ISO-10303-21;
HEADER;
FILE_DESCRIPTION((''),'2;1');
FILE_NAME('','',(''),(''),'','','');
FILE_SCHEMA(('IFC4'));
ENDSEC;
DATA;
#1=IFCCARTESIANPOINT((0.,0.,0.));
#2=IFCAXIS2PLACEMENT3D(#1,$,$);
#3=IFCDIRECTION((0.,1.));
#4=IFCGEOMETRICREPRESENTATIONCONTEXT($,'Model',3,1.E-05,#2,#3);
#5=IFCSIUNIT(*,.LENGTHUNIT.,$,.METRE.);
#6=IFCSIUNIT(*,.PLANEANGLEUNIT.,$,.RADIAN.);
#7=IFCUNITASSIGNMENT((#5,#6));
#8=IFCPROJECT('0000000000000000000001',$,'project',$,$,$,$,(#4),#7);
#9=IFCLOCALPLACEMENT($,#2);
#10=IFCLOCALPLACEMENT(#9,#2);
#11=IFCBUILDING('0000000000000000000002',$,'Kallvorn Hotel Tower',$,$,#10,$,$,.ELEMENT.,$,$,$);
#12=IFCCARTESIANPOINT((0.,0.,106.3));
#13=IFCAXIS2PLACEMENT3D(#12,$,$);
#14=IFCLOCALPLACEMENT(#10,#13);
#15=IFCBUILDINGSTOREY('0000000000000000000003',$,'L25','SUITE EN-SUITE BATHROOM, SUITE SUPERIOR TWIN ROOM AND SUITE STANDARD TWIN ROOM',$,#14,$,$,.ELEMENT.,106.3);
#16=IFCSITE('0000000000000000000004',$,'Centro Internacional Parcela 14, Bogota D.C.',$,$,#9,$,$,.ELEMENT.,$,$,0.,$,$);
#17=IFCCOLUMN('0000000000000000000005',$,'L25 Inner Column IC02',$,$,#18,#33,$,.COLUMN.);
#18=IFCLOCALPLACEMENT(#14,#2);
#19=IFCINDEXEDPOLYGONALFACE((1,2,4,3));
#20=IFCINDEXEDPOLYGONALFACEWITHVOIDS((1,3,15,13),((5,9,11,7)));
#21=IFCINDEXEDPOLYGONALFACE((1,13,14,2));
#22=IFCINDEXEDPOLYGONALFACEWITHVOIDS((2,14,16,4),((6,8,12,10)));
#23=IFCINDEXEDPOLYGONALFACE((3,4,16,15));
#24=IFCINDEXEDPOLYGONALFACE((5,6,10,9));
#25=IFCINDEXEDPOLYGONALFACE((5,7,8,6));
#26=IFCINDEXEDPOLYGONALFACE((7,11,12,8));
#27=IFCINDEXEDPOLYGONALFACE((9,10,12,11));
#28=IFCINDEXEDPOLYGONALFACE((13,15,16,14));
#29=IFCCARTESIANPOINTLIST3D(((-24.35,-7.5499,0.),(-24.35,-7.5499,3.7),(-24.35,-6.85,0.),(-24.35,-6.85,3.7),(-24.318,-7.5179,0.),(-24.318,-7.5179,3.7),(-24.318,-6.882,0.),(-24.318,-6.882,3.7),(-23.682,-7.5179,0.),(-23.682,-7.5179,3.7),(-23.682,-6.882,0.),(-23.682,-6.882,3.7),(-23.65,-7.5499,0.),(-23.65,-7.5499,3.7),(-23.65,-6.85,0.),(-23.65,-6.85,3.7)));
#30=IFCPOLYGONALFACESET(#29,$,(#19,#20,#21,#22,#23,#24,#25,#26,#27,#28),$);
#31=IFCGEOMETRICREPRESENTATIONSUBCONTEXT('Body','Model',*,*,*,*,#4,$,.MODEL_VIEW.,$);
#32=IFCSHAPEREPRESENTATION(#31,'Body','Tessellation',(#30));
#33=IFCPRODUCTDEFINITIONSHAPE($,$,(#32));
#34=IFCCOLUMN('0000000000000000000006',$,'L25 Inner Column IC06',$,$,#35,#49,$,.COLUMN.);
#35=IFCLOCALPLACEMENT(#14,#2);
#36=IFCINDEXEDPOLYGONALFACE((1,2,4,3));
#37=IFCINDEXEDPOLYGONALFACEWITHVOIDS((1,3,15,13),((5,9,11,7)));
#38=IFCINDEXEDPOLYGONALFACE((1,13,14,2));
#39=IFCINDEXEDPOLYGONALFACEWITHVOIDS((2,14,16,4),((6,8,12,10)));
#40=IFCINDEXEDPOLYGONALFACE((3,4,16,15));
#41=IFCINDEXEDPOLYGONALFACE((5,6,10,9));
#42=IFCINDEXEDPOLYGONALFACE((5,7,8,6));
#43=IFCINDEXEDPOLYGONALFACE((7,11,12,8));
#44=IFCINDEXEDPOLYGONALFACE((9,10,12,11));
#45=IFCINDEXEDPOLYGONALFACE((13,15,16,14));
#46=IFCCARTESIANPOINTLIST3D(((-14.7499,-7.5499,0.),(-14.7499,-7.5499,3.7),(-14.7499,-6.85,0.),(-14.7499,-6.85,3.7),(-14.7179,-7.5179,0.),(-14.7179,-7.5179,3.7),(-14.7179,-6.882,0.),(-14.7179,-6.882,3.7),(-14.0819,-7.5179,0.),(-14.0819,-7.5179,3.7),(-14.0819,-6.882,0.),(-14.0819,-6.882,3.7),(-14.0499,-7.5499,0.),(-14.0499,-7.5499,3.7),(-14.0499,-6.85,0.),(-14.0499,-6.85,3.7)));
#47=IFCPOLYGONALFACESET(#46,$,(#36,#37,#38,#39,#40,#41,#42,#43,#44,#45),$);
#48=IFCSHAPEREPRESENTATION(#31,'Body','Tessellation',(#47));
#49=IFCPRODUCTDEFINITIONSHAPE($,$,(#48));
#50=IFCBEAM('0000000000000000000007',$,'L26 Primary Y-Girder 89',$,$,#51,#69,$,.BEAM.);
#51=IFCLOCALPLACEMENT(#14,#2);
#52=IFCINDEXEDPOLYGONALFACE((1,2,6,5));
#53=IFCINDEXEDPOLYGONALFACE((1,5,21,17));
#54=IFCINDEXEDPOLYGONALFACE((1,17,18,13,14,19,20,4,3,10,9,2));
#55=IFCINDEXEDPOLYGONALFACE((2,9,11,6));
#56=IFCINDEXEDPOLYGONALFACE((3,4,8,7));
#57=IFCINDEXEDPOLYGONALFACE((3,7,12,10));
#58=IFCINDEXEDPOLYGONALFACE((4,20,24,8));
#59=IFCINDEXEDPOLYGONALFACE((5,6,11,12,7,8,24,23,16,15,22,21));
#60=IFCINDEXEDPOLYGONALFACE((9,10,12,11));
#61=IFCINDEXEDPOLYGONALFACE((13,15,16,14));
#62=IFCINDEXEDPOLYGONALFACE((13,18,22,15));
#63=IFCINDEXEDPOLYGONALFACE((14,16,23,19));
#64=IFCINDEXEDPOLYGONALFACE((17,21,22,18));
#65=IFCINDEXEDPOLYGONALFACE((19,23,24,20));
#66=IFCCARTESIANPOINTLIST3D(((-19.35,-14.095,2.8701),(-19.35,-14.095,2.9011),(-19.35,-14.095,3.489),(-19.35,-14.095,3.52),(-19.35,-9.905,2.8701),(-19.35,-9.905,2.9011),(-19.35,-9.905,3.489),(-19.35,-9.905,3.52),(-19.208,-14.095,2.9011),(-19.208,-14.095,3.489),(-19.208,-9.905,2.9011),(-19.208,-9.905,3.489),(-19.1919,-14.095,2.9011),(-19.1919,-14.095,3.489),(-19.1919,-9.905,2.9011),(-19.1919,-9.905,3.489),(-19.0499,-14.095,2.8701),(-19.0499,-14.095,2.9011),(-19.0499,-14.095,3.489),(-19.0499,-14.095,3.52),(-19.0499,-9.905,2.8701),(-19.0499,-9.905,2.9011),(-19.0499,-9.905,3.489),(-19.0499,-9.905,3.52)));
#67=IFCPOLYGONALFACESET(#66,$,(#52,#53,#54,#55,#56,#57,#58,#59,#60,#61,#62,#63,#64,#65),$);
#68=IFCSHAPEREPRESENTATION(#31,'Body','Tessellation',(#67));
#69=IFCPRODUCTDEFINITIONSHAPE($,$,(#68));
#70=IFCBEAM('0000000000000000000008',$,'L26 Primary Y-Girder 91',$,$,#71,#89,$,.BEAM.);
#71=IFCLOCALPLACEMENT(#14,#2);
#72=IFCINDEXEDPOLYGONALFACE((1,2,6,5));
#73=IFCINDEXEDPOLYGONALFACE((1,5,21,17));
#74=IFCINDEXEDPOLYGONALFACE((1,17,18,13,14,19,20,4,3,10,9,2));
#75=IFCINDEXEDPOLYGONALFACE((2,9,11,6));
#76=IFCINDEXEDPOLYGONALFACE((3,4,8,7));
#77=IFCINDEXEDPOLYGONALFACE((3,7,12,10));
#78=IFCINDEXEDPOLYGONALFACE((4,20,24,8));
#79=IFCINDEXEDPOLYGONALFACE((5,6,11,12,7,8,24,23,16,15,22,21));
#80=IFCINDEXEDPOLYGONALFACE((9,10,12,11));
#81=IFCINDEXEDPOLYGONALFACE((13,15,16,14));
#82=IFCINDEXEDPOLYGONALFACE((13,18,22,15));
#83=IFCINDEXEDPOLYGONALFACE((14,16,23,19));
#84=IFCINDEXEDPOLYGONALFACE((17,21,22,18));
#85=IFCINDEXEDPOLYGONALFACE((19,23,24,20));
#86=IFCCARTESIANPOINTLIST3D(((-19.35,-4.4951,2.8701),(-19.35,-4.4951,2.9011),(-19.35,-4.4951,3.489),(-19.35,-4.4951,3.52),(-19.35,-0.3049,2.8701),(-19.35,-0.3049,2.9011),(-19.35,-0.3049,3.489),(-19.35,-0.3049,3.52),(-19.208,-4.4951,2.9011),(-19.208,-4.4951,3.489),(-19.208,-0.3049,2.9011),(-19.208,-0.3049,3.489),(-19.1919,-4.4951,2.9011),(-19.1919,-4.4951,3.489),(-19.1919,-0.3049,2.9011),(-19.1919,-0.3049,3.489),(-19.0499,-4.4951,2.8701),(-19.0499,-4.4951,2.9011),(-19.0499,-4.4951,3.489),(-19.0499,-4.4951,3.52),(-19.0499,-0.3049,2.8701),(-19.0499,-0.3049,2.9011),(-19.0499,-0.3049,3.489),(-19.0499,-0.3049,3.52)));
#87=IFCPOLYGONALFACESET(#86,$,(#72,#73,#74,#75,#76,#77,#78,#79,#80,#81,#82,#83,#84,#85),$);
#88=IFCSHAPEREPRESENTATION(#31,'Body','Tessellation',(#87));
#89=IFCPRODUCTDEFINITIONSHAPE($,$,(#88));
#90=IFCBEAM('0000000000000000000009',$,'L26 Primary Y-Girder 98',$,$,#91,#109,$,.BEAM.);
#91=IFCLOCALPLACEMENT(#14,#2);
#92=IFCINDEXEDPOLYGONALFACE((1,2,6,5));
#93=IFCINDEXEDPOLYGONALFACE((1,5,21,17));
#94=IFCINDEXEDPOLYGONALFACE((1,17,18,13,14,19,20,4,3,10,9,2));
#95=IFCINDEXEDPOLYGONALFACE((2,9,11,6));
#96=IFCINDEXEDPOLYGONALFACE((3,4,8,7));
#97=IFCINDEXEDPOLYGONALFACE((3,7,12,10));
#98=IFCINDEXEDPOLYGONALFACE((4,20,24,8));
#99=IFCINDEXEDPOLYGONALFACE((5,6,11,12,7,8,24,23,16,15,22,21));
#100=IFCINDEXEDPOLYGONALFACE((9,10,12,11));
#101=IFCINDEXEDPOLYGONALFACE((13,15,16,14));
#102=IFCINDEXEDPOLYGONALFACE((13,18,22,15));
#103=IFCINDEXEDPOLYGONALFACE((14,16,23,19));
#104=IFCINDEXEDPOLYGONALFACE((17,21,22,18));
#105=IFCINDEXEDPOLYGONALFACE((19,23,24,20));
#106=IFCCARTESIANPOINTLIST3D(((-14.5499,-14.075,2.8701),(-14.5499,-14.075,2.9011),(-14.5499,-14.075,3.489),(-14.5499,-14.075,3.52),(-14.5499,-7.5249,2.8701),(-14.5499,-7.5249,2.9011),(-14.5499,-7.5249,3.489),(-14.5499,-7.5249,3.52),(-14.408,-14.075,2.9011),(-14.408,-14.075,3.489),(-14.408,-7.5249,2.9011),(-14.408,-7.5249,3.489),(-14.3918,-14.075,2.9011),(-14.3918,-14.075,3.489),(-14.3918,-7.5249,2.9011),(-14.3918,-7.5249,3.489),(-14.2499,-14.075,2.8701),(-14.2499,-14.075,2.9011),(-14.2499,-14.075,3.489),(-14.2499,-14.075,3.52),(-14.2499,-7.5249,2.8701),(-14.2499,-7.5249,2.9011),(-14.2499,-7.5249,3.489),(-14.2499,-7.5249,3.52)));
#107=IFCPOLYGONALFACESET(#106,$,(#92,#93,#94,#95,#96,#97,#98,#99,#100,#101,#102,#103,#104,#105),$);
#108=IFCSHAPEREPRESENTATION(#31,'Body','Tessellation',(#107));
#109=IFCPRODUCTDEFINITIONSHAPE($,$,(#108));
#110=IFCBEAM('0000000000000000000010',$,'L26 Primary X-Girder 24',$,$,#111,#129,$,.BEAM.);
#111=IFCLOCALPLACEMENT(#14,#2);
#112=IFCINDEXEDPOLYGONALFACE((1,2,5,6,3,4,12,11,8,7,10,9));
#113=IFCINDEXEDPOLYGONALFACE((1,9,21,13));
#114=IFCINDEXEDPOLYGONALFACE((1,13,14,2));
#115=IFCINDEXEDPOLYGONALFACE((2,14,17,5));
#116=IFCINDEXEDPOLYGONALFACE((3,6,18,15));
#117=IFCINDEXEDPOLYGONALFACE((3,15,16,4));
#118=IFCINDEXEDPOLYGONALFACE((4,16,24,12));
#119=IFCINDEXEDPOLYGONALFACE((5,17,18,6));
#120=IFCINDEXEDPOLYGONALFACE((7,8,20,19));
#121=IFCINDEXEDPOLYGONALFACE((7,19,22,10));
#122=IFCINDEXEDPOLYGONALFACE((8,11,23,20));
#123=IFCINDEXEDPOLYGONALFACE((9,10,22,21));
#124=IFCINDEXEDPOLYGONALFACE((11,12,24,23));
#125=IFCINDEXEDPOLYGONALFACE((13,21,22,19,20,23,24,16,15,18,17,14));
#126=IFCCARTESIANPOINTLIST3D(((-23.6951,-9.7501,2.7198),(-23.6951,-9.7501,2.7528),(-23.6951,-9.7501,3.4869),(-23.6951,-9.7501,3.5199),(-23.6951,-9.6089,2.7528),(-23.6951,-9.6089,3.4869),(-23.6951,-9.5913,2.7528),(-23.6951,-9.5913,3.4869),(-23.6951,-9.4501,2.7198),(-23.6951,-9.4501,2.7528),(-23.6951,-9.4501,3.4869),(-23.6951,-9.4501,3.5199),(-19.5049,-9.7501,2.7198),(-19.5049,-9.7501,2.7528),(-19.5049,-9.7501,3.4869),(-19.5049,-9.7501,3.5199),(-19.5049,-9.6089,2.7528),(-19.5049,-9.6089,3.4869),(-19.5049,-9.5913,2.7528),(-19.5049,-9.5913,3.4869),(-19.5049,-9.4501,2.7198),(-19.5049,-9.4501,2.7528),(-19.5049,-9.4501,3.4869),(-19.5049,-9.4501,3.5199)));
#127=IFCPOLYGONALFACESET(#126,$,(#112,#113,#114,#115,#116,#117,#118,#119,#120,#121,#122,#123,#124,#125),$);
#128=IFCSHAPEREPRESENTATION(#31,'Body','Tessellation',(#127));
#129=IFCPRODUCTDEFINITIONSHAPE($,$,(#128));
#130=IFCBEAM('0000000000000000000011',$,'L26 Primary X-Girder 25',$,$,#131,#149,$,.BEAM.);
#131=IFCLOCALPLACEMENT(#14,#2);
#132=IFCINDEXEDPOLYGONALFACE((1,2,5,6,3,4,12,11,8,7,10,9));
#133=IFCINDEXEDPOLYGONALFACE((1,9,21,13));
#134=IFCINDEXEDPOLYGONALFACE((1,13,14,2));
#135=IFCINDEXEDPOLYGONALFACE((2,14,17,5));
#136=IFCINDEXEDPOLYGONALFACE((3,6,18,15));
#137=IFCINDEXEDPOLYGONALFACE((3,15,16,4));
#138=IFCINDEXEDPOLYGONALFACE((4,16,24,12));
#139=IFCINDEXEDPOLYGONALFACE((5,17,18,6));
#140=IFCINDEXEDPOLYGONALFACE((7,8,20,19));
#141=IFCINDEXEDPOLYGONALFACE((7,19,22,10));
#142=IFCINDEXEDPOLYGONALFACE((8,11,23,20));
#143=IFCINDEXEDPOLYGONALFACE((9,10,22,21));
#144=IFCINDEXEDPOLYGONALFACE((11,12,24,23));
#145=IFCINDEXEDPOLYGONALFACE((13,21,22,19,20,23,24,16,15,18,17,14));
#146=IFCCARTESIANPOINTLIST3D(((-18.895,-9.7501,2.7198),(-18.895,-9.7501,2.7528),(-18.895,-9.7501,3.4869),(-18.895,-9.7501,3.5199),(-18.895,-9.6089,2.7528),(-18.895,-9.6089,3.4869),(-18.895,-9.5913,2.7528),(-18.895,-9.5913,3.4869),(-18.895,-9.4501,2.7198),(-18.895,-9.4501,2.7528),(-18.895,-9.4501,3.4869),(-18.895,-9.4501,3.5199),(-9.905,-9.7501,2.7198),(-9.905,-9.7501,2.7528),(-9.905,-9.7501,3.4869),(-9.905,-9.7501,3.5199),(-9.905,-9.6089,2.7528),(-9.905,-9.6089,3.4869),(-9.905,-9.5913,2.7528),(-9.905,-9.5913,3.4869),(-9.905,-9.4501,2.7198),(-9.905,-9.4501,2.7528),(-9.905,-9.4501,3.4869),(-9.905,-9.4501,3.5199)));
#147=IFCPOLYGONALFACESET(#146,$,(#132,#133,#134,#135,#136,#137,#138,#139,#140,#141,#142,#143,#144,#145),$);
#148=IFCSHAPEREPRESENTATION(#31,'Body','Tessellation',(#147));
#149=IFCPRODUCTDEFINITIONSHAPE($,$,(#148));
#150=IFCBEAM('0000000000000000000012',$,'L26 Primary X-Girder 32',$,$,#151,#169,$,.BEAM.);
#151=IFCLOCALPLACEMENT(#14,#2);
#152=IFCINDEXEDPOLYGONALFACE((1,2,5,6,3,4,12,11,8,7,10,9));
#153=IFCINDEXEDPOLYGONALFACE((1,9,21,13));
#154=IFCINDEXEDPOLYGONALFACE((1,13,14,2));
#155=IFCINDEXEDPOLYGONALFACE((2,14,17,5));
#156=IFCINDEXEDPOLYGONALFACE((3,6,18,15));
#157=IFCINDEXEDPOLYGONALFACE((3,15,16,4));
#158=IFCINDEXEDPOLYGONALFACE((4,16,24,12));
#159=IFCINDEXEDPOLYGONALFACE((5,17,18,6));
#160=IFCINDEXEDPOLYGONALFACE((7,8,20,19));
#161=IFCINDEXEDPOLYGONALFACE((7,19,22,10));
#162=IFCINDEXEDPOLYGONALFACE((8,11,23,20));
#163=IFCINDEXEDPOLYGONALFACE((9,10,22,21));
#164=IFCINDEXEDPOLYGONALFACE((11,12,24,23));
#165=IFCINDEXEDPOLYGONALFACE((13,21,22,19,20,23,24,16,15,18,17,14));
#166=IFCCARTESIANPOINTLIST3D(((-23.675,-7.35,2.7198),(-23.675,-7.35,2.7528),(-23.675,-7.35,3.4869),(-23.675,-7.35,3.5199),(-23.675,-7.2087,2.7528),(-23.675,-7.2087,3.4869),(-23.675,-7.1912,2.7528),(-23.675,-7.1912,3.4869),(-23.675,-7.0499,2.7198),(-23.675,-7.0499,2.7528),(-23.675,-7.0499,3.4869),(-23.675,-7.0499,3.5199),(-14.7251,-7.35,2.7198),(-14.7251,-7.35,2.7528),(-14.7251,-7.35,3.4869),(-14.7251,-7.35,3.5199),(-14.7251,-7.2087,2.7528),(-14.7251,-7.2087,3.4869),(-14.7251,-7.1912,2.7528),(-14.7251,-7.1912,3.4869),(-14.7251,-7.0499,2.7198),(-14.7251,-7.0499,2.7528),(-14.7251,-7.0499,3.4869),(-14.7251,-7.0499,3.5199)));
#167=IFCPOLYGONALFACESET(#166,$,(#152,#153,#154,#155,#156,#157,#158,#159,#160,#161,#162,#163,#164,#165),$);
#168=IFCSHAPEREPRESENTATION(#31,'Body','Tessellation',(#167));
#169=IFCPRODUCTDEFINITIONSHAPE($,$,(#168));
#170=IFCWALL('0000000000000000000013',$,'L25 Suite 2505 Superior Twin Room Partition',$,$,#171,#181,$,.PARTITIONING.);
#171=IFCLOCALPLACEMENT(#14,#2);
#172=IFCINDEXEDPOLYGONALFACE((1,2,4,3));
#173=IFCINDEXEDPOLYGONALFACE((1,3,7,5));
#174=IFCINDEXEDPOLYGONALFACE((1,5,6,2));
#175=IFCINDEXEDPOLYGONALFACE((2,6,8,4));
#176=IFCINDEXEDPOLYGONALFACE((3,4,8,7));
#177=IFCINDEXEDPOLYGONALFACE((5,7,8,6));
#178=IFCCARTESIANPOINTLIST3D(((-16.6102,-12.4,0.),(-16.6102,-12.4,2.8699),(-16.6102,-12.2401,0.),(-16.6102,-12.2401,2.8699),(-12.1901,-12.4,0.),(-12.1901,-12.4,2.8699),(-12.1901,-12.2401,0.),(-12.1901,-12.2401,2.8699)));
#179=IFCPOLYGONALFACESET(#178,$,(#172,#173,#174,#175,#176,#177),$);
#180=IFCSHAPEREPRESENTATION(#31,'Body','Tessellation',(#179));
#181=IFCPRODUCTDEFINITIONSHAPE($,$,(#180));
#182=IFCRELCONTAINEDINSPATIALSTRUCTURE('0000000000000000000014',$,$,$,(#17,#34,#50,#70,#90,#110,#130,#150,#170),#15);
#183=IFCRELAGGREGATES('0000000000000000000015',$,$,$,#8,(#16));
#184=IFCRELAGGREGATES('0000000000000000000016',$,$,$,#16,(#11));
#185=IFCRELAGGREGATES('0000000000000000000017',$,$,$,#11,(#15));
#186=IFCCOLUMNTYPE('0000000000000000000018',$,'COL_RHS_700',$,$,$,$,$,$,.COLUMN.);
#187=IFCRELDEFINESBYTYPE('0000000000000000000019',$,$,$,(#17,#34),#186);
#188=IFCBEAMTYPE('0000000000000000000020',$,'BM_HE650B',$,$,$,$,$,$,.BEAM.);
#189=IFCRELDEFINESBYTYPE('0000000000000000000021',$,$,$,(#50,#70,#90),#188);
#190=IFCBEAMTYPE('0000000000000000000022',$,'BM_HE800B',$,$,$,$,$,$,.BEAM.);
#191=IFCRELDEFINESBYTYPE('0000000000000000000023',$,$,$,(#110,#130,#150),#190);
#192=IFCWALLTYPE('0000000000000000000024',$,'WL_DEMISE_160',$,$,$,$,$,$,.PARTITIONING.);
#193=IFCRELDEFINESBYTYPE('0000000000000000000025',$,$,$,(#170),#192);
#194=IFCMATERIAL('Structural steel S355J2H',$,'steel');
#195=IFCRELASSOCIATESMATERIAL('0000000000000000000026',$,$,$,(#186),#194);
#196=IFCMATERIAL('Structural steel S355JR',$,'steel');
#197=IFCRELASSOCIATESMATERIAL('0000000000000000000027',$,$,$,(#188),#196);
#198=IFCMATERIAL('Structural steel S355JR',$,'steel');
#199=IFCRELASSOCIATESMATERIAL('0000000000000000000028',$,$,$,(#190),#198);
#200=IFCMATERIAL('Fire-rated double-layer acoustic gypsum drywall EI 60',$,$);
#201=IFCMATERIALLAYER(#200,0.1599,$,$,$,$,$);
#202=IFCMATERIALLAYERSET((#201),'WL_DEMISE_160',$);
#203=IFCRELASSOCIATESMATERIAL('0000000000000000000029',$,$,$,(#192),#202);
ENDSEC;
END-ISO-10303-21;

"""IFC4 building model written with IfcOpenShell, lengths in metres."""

from ifc_helpers import new_model, si_unit, direction, frame, frame_2d, origin, origin_2d, place, context, subcontext, project, spatial, rectangle, hollow_rectangle, i_section, extrude, material, layer, layer_set, material_profile, profile_set, type_object, element, save


model = new_model("IFC4")

# Units and contexts
model_context = context("Model", 3, precision=1e-05, world=origin(), true_north=direction((0.0, 1.0)))
body_context = subcontext(model_context, "Body", "Model", "MODEL_VIEW")
ifc_project = project(units=[si_unit("LENGTHUNIT", "METRE"), si_unit("PLANEANGLEUNIT", "RADIAN")], contexts=[model_context])

# Site, building, storey
site_placement = place(None, origin())
site = spatial("IfcSite", under=ifc_project, at=site_placement, Name="Centro Internacional Parcela 14, Bogota D.C.", CompositionType="ELEMENT", RefElevation=0.0)
building_placement = place(site_placement, origin())
building = spatial("IfcBuilding", under=site, at=building_placement, Name="Kallvorn Hotel Tower", CompositionType="ELEMENT")
storey_placement = place(building_placement, frame((0.0, 0.0, 106.3)))
storey = spatial("IfcBuildingStorey", under=building, at=storey_placement, Name="L25", Description="SUITE EN-SUITE BATHROOM, SUITE SUPERIOR TWIN ROOM AND SUITE STANDARD TWIN ROOM", CompositionType="ELEMENT", Elevation=106.3)

# Columns
ifc_material_1 = material(Name="Structural steel S355J2H", Category="steel")
ifc_material_profile_1 = material_profile(ifc_material_1, hollow_rectangle(XDim=0.7, YDim=0.7, WallThickness=0.032, at=origin_2d()), Name="RHS 700x700x32")
ifc_profile_set_1 = profile_set([ifc_material_profile_1], Name="Structural steel S355J2H")
column_type_1 = type_object("IfcColumnType", Name="COL_RHS_700", PredefinedType="COLUMN", material=ifc_profile_set_1)
for number, where, z_axis, x_axis, name in (
    (1, (-24.0, -7.2, 0.0), (0.0, 0.0, 1.0), (1.0, 0.0, 0.0), "L25 Inner Column IC02"),
    (2, (-14.3999, -7.2, 0.0), (0.0, 0.0, 1.0), (1.0, 0.0, 0.0), "L25 Inner Column IC06"),
):
    element("IfcColumn", number, at=place(storey_placement, frame(where, z_axis=z_axis, x_axis=x_axis)), inside=storey, type_object=column_type_1, Name=name, PredefinedType="COLUMN", context=body_context, shape_type="SweptSolid", body=[
        extrude(hollow_rectangle(XDim=0.7, YDim=0.7, WallThickness=0.032, at=origin_2d()), origin(), (0.0, 0.0, 1.0), 3.7),
    ])

# Beams
ifc_material_2 = material(Name="Structural steel S355JR", Category="steel")
ifc_material_profile_2 = material_profile(ifc_material_2, i_section(OverallWidth=0.3, OverallDepth=0.6499, WebThickness=0.0161, FlangeThickness=0.031, at=origin_2d()), Name="HE 650 B")
ifc_profile_set_2 = profile_set([ifc_material_profile_2], Name="Structural steel S355JR")
beam_type_1 = type_object("IfcBeamType", Name="BM_HE650B", PredefinedType="BEAM", material=ifc_profile_set_2)
beam_1_placement = place(storey_placement, frame((-19.2, -14.095, 3.1951), z_axis=(0.0, 1.0, 0.0), x_axis=(-1.0, 0.0, 0.0)))
element("IfcBeam", 3, at=beam_1_placement, inside=storey, type_object=beam_type_1, Name="L26 Primary Y-Girder 89", PredefinedType="BEAM", context=body_context, shape_type="SweptSolid", body=[
    extrude(i_section(OverallWidth=0.3, OverallDepth=0.6499, WebThickness=0.0161, FlangeThickness=0.031, at=origin_2d()), origin(), (0.0, 0.0, 1.0), 4.1899),
])
beam_2_placement = place(storey_placement, frame((-19.2, -4.4951, 3.1951), z_axis=(0.0, 1.0, 0.0), x_axis=(-1.0, 0.0, 0.0)))
element("IfcBeam", 4, at=beam_2_placement, inside=storey, type_object=beam_type_1, Name="L26 Primary Y-Girder 91", PredefinedType="BEAM", context=body_context, shape_type="SweptSolid", body=[
    extrude(i_section(OverallWidth=0.3, OverallDepth=0.6499, WebThickness=0.0161, FlangeThickness=0.031, at=origin_2d()), origin(), (0.0, 0.0, 1.0), 4.1902),
])
beam_3_placement = place(storey_placement, frame((-14.3999, -14.075, 3.1951), z_axis=(0.0, 1.0, 0.0), x_axis=(-1.0, 0.0, 0.0)))
element("IfcBeam", 5, at=beam_3_placement, inside=storey, type_object=beam_type_1, Name="L26 Primary Y-Girder 98", PredefinedType="BEAM", context=body_context, shape_type="SweptSolid", body=[
    extrude(i_section(OverallWidth=0.3, OverallDepth=0.6499, WebThickness=0.0161, FlangeThickness=0.031, at=origin_2d()), origin(), (0.0, 0.0, 1.0), 6.55),
])
ifc_material_3 = material(Name="Structural steel S355JR", Category="steel")
ifc_material_profile_3 = material_profile(ifc_material_3, i_section(OverallWidth=0.3, OverallDepth=0.8, WebThickness=0.0176, FlangeThickness=0.033, at=origin_2d()), Name="HE 800 B")
ifc_profile_set_3 = profile_set([ifc_material_profile_3], Name="Structural steel S355JR")
beam_type_2 = type_object("IfcBeamType", Name="BM_HE800B", PredefinedType="BEAM", material=ifc_profile_set_3)
beam_4_placement = place(storey_placement, frame((-23.6951, -9.6001, 3.1199), z_axis=(1.0, 0.0, 0.0), x_axis=(0.0, 1.0, 0.0)))
element("IfcBeam", 6, at=beam_4_placement, inside=storey, type_object=beam_type_2, Name="L26 Primary X-Girder 24", PredefinedType="BEAM", context=body_context, shape_type="SweptSolid", body=[
    extrude(i_section(OverallWidth=0.3, OverallDepth=0.8, WebThickness=0.0176, FlangeThickness=0.033, at=origin_2d()), origin(), (0.0, 0.0, 1.0), 4.1902),
])
beam_5_placement = place(storey_placement, frame((-18.895, -9.6001, 3.1199), z_axis=(1.0, 0.0, 0.0), x_axis=(0.0, 1.0, 0.0)))
element("IfcBeam", 7, at=beam_5_placement, inside=storey, type_object=beam_type_2, Name="L26 Primary X-Girder 25", PredefinedType="BEAM", context=body_context, shape_type="SweptSolid", body=[
    extrude(i_section(OverallWidth=0.3, OverallDepth=0.8, WebThickness=0.0176, FlangeThickness=0.033, at=origin_2d()), origin(), (0.0, 0.0, 1.0), 8.99),
])
beam_6_placement = place(storey_placement, frame((-23.675, -7.2, 3.1199), z_axis=(1.0, 0.0, 0.0), x_axis=(0.0, 1.0, 0.0)))
element("IfcBeam", 8, at=beam_6_placement, inside=storey, type_object=beam_type_2, Name="L26 Primary X-Girder 32", PredefinedType="BEAM", context=body_context, shape_type="SweptSolid", body=[
    extrude(i_section(OverallWidth=0.3, OverallDepth=0.8, WebThickness=0.0176, FlangeThickness=0.033, at=origin_2d()), origin(), (0.0, 0.0, 1.0), 8.95),
])

# Wall
ifc_material_4 = material(Name="Fire-rated double-layer acoustic gypsum drywall EI 60")
ifc_layer = layer(ifc_material_4, 0.1599)
ifc_layer_set = layer_set([ifc_layer], Name="WL_DEMISE_160")
wall_type = type_object("IfcWallType", Name="WL_DEMISE_160", PredefinedType="PARTITIONING", material=ifc_layer_set)
wall_1_placement = place(storey_placement, frame((-16.6101, -12.3201, 0.0), z_axis=(0.0, 0.0, 1.0), x_axis=(1.0, 0.0, 0.0)))
element("IfcWall", 9, at=wall_1_placement, inside=storey, type_object=wall_type, Name="L25 Suite 2505 Superior Twin Room Partition", PredefinedType="PARTITIONING", context=body_context, shape_type="SweptSolid", body=[
    extrude(rectangle(XDim=4.4202, YDim=0.1599, at=frame_2d((2.21, 0.0))), origin(), (0.0, 0.0, 1.0), 2.8699),
])

save(model, "model.ifc")
